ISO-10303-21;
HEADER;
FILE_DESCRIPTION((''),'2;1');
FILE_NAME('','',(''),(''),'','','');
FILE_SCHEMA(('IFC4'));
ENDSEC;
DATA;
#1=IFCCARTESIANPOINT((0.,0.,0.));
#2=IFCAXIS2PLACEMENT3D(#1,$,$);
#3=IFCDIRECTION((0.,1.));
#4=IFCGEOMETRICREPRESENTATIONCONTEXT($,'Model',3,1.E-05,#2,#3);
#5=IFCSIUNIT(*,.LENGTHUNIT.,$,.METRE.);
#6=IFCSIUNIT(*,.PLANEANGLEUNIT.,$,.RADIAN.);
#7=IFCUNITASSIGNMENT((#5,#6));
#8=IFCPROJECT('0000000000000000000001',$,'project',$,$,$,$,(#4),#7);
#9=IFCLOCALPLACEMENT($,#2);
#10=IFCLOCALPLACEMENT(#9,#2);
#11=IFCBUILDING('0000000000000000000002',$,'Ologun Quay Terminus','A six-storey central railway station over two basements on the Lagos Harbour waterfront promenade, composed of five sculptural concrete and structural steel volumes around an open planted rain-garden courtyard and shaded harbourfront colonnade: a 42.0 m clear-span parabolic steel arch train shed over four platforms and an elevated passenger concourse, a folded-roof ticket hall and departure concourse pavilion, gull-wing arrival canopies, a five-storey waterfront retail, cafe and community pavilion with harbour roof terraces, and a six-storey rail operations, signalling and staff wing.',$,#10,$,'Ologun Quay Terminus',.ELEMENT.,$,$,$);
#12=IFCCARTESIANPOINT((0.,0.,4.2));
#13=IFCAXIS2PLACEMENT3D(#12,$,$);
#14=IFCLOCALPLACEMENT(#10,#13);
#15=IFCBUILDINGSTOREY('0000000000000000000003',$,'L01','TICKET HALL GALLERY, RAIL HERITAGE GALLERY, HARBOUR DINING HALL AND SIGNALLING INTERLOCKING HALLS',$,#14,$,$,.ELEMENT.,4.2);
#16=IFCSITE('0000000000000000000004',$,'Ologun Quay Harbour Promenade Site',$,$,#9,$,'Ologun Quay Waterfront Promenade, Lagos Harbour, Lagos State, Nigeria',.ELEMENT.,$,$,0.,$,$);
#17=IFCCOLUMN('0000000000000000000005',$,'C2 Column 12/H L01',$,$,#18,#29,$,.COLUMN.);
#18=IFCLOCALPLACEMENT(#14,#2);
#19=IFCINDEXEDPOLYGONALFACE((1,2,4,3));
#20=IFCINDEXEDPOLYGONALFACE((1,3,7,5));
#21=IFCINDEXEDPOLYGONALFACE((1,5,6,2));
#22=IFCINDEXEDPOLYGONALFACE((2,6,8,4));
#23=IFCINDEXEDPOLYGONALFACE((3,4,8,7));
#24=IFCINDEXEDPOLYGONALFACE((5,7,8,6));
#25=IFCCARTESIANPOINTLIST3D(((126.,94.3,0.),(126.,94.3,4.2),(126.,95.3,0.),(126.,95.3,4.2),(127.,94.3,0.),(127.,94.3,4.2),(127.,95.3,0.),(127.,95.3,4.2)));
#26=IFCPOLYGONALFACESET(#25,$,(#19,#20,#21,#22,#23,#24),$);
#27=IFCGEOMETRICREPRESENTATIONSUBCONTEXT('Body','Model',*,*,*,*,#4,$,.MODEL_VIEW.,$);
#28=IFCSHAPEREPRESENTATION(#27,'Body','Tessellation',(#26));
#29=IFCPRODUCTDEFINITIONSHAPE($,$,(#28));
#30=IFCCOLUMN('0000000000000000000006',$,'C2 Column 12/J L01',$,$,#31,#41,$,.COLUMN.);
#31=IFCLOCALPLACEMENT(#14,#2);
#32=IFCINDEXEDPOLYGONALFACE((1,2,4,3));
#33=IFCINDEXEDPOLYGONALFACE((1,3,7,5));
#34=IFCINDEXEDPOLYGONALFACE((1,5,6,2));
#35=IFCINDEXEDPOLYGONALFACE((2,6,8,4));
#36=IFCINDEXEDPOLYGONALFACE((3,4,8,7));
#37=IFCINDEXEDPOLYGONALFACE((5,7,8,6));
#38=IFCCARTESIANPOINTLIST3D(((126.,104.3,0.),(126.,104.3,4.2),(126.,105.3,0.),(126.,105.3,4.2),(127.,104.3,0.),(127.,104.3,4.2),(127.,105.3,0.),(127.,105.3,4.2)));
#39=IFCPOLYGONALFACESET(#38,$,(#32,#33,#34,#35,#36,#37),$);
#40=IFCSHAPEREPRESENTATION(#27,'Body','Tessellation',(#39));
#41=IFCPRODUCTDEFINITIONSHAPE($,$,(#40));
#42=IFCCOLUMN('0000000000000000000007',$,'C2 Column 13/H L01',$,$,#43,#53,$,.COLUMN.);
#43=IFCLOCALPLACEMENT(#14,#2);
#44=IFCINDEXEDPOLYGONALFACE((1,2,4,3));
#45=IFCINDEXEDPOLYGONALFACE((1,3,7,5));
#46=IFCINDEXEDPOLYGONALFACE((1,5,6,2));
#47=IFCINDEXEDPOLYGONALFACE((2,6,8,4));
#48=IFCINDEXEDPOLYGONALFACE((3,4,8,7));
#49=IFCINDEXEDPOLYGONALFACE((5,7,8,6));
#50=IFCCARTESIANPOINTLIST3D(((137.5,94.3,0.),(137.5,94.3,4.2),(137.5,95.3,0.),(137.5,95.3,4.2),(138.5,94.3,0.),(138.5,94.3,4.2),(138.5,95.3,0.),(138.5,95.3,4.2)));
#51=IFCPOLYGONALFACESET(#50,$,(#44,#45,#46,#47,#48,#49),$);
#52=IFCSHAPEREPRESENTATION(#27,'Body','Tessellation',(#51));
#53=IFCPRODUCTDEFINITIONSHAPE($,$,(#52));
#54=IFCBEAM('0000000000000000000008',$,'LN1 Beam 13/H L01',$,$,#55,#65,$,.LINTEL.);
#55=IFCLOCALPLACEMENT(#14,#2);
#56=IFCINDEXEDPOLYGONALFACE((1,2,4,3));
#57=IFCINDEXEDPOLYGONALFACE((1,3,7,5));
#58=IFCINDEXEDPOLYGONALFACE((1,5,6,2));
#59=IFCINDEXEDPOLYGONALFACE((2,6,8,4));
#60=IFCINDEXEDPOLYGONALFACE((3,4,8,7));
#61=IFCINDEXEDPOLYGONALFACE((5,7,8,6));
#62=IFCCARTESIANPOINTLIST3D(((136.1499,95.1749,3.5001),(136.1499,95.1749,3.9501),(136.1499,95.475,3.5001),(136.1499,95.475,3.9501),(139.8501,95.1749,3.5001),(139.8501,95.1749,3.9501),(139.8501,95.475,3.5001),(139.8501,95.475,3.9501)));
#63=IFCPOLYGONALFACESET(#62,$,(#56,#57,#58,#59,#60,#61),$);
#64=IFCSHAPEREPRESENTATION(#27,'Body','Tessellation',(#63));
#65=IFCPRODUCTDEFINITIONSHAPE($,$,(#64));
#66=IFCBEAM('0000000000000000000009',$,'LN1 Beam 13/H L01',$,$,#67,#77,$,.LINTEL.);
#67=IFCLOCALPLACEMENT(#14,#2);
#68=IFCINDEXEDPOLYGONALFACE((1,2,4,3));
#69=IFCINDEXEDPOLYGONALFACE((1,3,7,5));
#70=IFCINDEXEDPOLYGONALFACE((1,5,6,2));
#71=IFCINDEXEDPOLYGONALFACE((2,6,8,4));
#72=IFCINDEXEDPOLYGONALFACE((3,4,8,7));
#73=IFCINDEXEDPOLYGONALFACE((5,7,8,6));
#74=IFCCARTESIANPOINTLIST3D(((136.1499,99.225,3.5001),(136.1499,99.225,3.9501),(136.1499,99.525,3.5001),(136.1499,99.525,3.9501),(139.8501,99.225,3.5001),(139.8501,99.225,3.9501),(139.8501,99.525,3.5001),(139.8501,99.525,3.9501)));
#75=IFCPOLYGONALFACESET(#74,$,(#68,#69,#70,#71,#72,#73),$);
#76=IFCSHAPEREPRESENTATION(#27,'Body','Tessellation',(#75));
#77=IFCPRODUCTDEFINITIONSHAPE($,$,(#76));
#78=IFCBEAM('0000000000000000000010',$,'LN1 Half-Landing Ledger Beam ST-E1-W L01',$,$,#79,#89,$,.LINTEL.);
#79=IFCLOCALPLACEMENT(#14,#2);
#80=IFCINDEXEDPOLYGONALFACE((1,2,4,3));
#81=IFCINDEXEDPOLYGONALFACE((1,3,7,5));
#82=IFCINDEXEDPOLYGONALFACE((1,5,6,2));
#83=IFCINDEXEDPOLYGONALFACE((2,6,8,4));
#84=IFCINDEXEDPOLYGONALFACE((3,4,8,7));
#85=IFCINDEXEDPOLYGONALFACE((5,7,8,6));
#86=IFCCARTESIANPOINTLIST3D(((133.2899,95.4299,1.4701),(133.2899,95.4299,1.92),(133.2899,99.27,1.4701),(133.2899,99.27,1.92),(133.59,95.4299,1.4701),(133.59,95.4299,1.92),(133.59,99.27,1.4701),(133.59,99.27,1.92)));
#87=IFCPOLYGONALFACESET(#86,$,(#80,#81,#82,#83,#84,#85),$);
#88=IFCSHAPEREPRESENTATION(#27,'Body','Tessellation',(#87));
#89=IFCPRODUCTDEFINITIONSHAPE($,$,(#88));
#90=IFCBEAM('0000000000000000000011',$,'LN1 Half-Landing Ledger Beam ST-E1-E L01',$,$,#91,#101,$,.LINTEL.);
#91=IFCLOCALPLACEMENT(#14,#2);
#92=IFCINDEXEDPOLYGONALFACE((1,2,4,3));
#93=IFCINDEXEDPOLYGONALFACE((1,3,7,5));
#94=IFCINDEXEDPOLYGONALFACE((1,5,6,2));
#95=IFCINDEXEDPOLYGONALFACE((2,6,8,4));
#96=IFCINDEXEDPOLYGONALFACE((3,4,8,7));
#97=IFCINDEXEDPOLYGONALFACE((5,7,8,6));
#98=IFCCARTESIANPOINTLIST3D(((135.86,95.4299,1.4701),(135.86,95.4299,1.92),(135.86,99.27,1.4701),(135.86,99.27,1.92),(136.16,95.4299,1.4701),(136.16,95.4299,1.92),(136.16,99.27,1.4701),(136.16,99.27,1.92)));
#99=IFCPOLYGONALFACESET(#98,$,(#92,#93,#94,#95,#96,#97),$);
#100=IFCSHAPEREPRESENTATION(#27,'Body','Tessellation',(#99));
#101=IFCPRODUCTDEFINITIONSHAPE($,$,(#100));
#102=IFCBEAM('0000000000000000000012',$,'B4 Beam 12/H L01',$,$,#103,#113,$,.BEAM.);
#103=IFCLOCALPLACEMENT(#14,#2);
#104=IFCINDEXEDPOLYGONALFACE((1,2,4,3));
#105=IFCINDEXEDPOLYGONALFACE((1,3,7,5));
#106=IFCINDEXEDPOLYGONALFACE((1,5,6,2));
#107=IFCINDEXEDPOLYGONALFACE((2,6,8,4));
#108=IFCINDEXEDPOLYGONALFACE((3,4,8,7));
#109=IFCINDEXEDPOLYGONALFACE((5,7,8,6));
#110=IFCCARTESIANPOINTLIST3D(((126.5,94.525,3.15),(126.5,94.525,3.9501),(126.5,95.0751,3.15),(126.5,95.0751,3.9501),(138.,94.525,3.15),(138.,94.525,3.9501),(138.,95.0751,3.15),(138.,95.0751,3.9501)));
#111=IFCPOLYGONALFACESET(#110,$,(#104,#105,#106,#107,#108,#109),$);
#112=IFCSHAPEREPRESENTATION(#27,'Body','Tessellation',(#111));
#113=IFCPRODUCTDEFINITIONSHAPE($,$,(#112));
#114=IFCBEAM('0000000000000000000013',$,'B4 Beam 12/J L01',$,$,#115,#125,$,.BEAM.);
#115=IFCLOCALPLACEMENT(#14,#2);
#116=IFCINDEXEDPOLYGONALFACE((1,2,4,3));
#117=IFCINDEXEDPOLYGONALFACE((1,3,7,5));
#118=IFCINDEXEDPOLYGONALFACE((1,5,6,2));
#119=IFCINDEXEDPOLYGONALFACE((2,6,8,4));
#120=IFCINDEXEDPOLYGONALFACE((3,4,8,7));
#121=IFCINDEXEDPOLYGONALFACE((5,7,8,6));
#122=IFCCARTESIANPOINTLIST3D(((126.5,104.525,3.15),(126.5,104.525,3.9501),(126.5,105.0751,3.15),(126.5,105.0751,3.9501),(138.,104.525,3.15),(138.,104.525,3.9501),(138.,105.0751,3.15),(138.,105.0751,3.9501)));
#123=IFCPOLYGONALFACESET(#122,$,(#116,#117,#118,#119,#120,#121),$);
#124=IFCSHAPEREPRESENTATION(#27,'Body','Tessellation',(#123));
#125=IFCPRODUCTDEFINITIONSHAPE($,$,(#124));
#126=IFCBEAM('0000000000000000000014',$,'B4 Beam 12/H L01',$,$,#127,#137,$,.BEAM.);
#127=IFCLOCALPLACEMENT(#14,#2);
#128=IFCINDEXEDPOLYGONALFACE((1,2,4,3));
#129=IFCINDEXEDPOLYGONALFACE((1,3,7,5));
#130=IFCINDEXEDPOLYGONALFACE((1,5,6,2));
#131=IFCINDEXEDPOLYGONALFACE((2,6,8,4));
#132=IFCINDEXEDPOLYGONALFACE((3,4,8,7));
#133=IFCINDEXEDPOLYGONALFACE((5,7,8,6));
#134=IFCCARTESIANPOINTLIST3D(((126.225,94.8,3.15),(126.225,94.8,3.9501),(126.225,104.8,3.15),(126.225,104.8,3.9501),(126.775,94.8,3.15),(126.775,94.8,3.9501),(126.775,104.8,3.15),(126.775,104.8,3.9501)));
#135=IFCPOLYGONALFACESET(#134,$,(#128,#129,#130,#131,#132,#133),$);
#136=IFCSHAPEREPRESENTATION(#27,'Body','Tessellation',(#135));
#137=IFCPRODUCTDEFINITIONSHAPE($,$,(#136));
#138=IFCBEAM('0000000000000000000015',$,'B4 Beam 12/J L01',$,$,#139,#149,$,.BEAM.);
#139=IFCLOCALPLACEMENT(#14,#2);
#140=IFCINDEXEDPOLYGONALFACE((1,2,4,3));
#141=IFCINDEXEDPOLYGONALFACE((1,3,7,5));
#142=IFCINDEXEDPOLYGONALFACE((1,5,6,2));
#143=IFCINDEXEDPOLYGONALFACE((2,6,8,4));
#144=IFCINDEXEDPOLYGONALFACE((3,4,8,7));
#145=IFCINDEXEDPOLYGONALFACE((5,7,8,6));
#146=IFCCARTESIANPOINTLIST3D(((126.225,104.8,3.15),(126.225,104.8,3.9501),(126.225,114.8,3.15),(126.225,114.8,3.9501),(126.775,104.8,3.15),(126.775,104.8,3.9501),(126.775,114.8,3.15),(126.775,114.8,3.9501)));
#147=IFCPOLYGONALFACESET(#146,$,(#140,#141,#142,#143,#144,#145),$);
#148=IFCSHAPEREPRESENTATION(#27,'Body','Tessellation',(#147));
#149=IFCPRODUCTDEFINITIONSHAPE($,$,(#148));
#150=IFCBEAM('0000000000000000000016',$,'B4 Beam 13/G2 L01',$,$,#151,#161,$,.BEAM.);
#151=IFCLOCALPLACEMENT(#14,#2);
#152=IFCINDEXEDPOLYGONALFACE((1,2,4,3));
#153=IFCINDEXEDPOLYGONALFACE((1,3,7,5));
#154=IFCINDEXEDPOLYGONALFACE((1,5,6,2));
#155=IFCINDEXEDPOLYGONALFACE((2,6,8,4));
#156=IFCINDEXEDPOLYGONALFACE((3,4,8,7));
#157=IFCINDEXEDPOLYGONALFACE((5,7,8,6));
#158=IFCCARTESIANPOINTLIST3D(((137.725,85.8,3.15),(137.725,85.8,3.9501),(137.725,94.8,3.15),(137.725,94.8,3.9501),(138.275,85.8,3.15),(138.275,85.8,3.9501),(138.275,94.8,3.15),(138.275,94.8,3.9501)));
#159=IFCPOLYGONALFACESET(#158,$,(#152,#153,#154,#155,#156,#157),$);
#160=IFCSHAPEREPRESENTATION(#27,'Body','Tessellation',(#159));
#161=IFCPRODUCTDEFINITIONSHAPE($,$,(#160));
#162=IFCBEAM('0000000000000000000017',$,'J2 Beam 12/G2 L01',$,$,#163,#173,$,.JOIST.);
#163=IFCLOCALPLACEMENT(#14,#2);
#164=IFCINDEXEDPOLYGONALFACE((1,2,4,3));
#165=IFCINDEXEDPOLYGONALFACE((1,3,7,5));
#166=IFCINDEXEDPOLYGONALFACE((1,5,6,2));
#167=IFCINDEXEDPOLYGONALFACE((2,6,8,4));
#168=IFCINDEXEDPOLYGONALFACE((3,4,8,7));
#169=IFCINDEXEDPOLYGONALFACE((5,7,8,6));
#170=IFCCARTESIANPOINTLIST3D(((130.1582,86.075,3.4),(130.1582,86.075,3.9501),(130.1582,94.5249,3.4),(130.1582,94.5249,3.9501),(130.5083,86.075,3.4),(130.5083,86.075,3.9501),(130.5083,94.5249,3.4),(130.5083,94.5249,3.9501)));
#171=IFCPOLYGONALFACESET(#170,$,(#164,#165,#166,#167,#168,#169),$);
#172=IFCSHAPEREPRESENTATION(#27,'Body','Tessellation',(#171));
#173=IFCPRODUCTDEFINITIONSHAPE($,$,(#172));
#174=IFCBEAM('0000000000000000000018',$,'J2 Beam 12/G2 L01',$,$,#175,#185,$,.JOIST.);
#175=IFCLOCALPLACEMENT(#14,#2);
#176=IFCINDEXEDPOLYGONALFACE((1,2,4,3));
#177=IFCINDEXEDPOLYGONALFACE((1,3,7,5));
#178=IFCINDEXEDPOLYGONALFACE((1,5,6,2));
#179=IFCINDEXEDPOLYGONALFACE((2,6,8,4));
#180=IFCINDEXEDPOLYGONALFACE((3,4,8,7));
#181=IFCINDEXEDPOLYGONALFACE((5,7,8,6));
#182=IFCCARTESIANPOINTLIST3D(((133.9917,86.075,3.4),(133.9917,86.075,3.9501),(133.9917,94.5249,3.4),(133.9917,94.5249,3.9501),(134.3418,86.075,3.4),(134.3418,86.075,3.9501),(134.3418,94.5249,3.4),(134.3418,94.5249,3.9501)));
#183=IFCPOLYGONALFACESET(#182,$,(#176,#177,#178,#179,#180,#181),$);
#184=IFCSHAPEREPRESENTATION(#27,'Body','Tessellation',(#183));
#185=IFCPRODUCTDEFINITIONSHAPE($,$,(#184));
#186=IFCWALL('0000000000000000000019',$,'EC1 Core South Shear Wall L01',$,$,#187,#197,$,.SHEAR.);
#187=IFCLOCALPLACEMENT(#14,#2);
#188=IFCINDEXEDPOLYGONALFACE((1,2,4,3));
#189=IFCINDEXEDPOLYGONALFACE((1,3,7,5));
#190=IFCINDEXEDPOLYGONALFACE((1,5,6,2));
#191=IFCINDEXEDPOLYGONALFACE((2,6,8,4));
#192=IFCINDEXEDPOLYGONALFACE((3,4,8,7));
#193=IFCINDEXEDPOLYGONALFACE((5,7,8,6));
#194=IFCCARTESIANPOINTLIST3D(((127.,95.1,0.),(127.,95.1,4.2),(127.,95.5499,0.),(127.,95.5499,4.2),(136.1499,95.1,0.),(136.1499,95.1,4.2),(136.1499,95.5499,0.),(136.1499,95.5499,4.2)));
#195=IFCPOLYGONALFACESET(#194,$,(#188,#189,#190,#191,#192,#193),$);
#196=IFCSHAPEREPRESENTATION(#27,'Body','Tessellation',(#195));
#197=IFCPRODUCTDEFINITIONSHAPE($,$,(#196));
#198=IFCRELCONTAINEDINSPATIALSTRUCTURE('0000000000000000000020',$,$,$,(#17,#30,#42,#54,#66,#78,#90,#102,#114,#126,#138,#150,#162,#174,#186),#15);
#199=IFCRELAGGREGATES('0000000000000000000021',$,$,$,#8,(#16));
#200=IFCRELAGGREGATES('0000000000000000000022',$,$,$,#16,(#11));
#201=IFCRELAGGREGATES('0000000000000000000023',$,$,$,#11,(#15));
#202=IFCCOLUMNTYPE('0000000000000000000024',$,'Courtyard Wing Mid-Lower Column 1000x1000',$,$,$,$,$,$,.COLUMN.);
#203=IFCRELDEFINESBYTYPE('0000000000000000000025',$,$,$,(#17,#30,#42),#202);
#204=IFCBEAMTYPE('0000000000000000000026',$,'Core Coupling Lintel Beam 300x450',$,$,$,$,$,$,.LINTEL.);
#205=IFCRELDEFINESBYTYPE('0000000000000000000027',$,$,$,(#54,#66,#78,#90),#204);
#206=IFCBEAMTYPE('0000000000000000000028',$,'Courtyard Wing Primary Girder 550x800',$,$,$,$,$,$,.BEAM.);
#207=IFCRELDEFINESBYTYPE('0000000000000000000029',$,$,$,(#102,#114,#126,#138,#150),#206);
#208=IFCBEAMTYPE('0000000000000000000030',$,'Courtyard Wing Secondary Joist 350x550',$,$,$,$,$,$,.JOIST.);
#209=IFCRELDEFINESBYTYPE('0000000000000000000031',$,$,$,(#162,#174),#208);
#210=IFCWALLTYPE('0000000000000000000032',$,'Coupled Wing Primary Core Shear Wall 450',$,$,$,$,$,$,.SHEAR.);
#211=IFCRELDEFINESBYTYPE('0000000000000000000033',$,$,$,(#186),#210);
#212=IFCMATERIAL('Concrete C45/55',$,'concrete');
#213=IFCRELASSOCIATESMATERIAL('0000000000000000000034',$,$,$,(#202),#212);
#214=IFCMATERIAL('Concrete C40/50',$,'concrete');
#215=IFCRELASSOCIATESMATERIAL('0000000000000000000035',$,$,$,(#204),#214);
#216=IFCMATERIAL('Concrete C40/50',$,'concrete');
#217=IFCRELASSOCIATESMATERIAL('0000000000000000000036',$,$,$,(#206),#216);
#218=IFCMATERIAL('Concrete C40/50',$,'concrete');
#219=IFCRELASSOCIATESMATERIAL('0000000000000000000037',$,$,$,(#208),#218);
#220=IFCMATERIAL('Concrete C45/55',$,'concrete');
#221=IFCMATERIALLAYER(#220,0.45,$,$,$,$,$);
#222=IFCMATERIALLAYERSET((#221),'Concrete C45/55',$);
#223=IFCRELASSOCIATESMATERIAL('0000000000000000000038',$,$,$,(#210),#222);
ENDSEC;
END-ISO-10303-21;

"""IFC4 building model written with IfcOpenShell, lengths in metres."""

from ifc_helpers import new_model, si_unit, direction, frame, frame_2d, origin, origin_2d, place, context, subcontext, project, spatial, rectangle, extrude, material, layer, layer_set, material_profile, profile_set, type_object, element, save


model = new_model("IFC4")

# Units and contexts
model_context = context("Model", 3, precision=1e-05, world=origin(), true_north=direction((0.0, 1.0)))
body_context = subcontext(model_context, "Body", "Model", "MODEL_VIEW")
ifc_project = project(units=[si_unit("LENGTHUNIT", "METRE"), si_unit("PLANEANGLEUNIT", "RADIAN")], contexts=[model_context])

# Site, building, storey
site_placement = place(None, origin())
site = spatial("IfcSite", under=ifc_project, at=site_placement, Name="Ologun Quay Harbour Promenade Site", LongName="Ologun Quay Waterfront Promenade, Lagos Harbour, Lagos State, Nigeria", CompositionType="ELEMENT", RefElevation=0.0)
building_placement = place(site_placement, origin())
building = spatial("IfcBuilding", under=site, at=building_placement, Name="Ologun Quay Terminus", Description="A six-storey central railway station over two basements on the Lagos Harbour waterfront promenade, composed of five sculptural concrete and structural steel volumes around an open planted rain-garden courtyard and shaded harbourfront colonnade: a 42.0 m clear-span parabolic steel arch train shed over four platforms and an elevated passenger concourse, a folded-roof ticket hall and departure concourse pavilion, gull-wing arrival canopies, a five-storey waterfront retail, cafe and community pavilion with harbour roof terraces, and a six-storey rail operations, signalling and staff wing.", LongName="Ologun Quay Terminus", CompositionType="ELEMENT")
storey_placement = place(building_placement, frame((0.0, 0.0, 4.2)))
storey = spatial("IfcBuildingStorey", under=building, at=storey_placement, Name="L01", Description="TICKET HALL GALLERY, RAIL HERITAGE GALLERY, HARBOUR DINING HALL AND SIGNALLING INTERLOCKING HALLS", CompositionType="ELEMENT", Elevation=4.2)

# Columns
ifc_material_1 = material(Name="Concrete C45/55", Category="concrete")
ifc_material_profile_1 = material_profile(ifc_material_1, rectangle(XDim=1.0, YDim=1.0, at=origin_2d()), Name="RC 1000x1000")
ifc_profile_set_1 = profile_set([ifc_material_profile_1], Name="Concrete C45/55")
column_type = type_object("IfcColumnType", Name="Courtyard Wing Mid-Lower Column 1000x1000", PredefinedType="COLUMN", material=ifc_profile_set_1)
for number, where, z_axis, x_axis, name in (
    (1, (126.5, 94.8, 0.0), (0.0, 0.0, 1.0), (1.0, 0.0, 0.0), "C2 Column 12/H L01"),
    (2, (126.5, 104.8, 0.0), (0.0, 0.0, 1.0), (1.0, 0.0, 0.0), "C2 Column 12/J L01"),
    (3, (138.0, 94.8, 0.0), (0.0, 0.0, 1.0), (1.0, 0.0, 0.0), "C2 Column 13/H L01"),
):
    element("IfcColumn", number, at=place(storey_placement, frame(where, z_axis=z_axis, x_axis=x_axis)), inside=storey, type_object=column_type, Name=name, PredefinedType="COLUMN", context=body_context, shape_type="SweptSolid", body=[
        extrude(rectangle(XDim=1.0, YDim=1.0, at=origin_2d()), origin(), (0.0, 0.0, 1.0), 4.2),
    ])

# Beams
ifc_material_2 = material(Name="Concrete C40/50", Category="concrete")
ifc_material_profile_2 = material_profile(ifc_material_2, rectangle(XDim=0.3, YDim=0.45, at=origin_2d()), Name="RC 300x450")
ifc_profile_set_2 = profile_set([ifc_material_profile_2], Name="Concrete C40/50")
beam_type_1 = type_object("IfcBeamType", Name="Core Coupling Lintel Beam 300x450", PredefinedType="LINTEL", material=ifc_profile_set_2)
for number, where, z_axis, x_axis, name in (
    (4, (136.1499, 95.325, 3.7251), (1.0, 0.0, 0.0), (0.0, 1.0, 0.0), "LN1 Beam 13/H L01"),
    (5, (136.1499, 99.375, 3.7251), (1.0, 0.0, 0.0), (0.0, 1.0, 0.0), "LN1 Beam 13/H L01"),
):
    element("IfcBeam", number, at=place(storey_placement, frame(where, z_axis=z_axis, x_axis=x_axis)), inside=storey, type_object=beam_type_1, Name=name, PredefinedType="LINTEL", context=body_context, shape_type="SweptSolid", body=[
        extrude(rectangle(XDim=0.3, YDim=0.45, at=origin_2d()), origin(), (0.0, 0.0, 1.0), 3.7002),
    ])
for number, where, z_axis, x_axis, name in (
    (6, (133.4399, 95.4299, 1.6951), (0.0, 1.0, 0.0), (-1.0, 0.0, 0.0), "LN1 Half-Landing Ledger Beam ST-E1-W L01"),
    (7, (136.01, 95.4299, 1.6951), (0.0, 1.0, 0.0), (-1.0, 0.0, 0.0), "LN1 Half-Landing Ledger Beam ST-E1-E L01"),
):
    element("IfcBeam", number, at=place(storey_placement, frame(where, z_axis=z_axis, x_axis=x_axis)), inside=storey, type_object=beam_type_1, Name=name, PredefinedType="LINTEL", context=body_context, shape_type="SweptSolid", body=[
        extrude(rectangle(XDim=0.3, YDim=0.45, at=origin_2d()), origin(), (0.0, 0.0, 1.0), 3.8401),
    ])
ifc_material_3 = material(Name="Concrete C40/50", Category="concrete")
ifc_material_profile_3 = material_profile(ifc_material_3, rectangle(XDim=0.55, YDim=0.8, at=origin_2d()), Name="RC 550x800")
ifc_profile_set_3 = profile_set([ifc_material_profile_3], Name="Concrete C40/50")
beam_type_2 = type_object("IfcBeamType", Name="Courtyard Wing Primary Girder 550x800", PredefinedType="BEAM", material=ifc_profile_set_3)
for number, where, z_axis, x_axis, name in (
    (8, (126.5, 94.8, 3.55), (1.0, 0.0, 0.0), (0.0, 1.0, 0.0), "B4 Beam 12/H L01"),
    (9, (126.5, 104.8, 3.55), (1.0, 0.0, 0.0), (0.0, 1.0, 0.0), "B4 Beam 12/J L01"),
):
    element("IfcBeam", number, at=place(storey_placement, frame(where, z_axis=z_axis, x_axis=x_axis)), inside=storey, type_object=beam_type_2, Name=name, PredefinedType="BEAM", context=body_context, shape_type="SweptSolid", body=[
        extrude(rectangle(XDim=0.55, YDim=0.8, at=origin_2d()), origin(), (0.0, 0.0, 1.0), 11.5),
    ])
for number, where, z_axis, x_axis, name in (
    (10, (126.5, 94.8, 3.55), (0.0, 1.0, 0.0), (-1.0, 0.0, 0.0), "B4 Beam 12/H L01"),
    (11, (126.5, 104.8, 3.55), (0.0, 1.0, 0.0), (-1.0, 0.0, 0.0), "B4 Beam 12/J L01"),
):
    element("IfcBeam", number, at=place(storey_placement, frame(where, z_axis=z_axis, x_axis=x_axis)), inside=storey, type_object=beam_type_2, Name=name, PredefinedType="BEAM", context=body_context, shape_type="SweptSolid", body=[
        extrude(rectangle(XDim=0.55, YDim=0.8, at=origin_2d()), origin(), (0.0, 0.0, 1.0), 10.0),
    ])
beam_placement = place(storey_placement, frame((138.0, 85.8, 3.55), z_axis=(0.0, 1.0, 0.0), x_axis=(-1.0, 0.0, 0.0)))
element("IfcBeam", 12, at=beam_placement, inside=storey, type_object=beam_type_2, Name="B4 Beam 13/G2 L01", PredefinedType="BEAM", context=body_context, shape_type="SweptSolid", body=[
    extrude(rectangle(XDim=0.55, YDim=0.8, at=origin_2d()), origin(), (0.0, 0.0, 1.0), 9.0),
])
ifc_material_4 = material(Name="Concrete C40/50", Category="concrete")
ifc_material_profile_4 = material_profile(ifc_material_4, rectangle(XDim=0.3501, YDim=0.55, at=origin_2d()), Name="RC 350x550")
ifc_profile_set_4 = profile_set([ifc_material_profile_4], Name="Concrete C40/50")
beam_type_3 = type_object("IfcBeamType", Name="Courtyard Wing Secondary Joist 350x550", PredefinedType="JOIST", material=ifc_profile_set_4)
for number, where, z_axis, x_axis, name in (
    (13, (130.3333, 86.075, 3.675), (0.0, 1.0, 0.0), (-1.0, 0.0, 0.0), "J2 Beam 12/G2 L01"),
    (14, (134.1667, 86.075, 3.675), (0.0, 1.0, 0.0), (-1.0, 0.0, 0.0), "J2 Beam 12/G2 L01"),
):
    element("IfcBeam", number, at=place(storey_placement, frame(where, z_axis=z_axis, x_axis=x_axis)), inside=storey, type_object=beam_type_3, Name=name, PredefinedType="JOIST", context=body_context, shape_type="SweptSolid", body=[
        extrude(rectangle(XDim=0.3501, YDim=0.55, at=origin_2d()), origin(), (0.0, 0.0, 1.0), 8.45),
    ])

# Wall
ifc_material_5 = material(Name="Concrete C45/55", Category="concrete")
ifc_layer_1 = layer(ifc_material_5, 0.45)
ifc_layer_set_1 = layer_set([ifc_layer_1], Name="Concrete C45/55")
wall_type_1 = type_object("IfcWallType", Name="Coupled Wing Primary Core Shear Wall 450", PredefinedType="SHEAR", material=ifc_layer_set_1)
wall_1_placement = place(storey_placement, frame((127.0, 95.325, 0.0), z_axis=(0.0, 0.0, 1.0), x_axis=(1.0, 0.0, 0.0)))
element("IfcWall", 15, at=wall_1_placement, inside=storey, type_object=wall_type_1, Name="EC1 Core South Shear Wall L01", PredefinedType="SHEAR", context=body_context, shape_type="SweptSolid", body=[
    extrude(rectangle(XDim=9.1499, YDim=0.45, at=frame_2d((4.575, 0.0))), origin(), (0.0, 0.0, 1.0), 4.2),
])

save(model, "model.ifc")
